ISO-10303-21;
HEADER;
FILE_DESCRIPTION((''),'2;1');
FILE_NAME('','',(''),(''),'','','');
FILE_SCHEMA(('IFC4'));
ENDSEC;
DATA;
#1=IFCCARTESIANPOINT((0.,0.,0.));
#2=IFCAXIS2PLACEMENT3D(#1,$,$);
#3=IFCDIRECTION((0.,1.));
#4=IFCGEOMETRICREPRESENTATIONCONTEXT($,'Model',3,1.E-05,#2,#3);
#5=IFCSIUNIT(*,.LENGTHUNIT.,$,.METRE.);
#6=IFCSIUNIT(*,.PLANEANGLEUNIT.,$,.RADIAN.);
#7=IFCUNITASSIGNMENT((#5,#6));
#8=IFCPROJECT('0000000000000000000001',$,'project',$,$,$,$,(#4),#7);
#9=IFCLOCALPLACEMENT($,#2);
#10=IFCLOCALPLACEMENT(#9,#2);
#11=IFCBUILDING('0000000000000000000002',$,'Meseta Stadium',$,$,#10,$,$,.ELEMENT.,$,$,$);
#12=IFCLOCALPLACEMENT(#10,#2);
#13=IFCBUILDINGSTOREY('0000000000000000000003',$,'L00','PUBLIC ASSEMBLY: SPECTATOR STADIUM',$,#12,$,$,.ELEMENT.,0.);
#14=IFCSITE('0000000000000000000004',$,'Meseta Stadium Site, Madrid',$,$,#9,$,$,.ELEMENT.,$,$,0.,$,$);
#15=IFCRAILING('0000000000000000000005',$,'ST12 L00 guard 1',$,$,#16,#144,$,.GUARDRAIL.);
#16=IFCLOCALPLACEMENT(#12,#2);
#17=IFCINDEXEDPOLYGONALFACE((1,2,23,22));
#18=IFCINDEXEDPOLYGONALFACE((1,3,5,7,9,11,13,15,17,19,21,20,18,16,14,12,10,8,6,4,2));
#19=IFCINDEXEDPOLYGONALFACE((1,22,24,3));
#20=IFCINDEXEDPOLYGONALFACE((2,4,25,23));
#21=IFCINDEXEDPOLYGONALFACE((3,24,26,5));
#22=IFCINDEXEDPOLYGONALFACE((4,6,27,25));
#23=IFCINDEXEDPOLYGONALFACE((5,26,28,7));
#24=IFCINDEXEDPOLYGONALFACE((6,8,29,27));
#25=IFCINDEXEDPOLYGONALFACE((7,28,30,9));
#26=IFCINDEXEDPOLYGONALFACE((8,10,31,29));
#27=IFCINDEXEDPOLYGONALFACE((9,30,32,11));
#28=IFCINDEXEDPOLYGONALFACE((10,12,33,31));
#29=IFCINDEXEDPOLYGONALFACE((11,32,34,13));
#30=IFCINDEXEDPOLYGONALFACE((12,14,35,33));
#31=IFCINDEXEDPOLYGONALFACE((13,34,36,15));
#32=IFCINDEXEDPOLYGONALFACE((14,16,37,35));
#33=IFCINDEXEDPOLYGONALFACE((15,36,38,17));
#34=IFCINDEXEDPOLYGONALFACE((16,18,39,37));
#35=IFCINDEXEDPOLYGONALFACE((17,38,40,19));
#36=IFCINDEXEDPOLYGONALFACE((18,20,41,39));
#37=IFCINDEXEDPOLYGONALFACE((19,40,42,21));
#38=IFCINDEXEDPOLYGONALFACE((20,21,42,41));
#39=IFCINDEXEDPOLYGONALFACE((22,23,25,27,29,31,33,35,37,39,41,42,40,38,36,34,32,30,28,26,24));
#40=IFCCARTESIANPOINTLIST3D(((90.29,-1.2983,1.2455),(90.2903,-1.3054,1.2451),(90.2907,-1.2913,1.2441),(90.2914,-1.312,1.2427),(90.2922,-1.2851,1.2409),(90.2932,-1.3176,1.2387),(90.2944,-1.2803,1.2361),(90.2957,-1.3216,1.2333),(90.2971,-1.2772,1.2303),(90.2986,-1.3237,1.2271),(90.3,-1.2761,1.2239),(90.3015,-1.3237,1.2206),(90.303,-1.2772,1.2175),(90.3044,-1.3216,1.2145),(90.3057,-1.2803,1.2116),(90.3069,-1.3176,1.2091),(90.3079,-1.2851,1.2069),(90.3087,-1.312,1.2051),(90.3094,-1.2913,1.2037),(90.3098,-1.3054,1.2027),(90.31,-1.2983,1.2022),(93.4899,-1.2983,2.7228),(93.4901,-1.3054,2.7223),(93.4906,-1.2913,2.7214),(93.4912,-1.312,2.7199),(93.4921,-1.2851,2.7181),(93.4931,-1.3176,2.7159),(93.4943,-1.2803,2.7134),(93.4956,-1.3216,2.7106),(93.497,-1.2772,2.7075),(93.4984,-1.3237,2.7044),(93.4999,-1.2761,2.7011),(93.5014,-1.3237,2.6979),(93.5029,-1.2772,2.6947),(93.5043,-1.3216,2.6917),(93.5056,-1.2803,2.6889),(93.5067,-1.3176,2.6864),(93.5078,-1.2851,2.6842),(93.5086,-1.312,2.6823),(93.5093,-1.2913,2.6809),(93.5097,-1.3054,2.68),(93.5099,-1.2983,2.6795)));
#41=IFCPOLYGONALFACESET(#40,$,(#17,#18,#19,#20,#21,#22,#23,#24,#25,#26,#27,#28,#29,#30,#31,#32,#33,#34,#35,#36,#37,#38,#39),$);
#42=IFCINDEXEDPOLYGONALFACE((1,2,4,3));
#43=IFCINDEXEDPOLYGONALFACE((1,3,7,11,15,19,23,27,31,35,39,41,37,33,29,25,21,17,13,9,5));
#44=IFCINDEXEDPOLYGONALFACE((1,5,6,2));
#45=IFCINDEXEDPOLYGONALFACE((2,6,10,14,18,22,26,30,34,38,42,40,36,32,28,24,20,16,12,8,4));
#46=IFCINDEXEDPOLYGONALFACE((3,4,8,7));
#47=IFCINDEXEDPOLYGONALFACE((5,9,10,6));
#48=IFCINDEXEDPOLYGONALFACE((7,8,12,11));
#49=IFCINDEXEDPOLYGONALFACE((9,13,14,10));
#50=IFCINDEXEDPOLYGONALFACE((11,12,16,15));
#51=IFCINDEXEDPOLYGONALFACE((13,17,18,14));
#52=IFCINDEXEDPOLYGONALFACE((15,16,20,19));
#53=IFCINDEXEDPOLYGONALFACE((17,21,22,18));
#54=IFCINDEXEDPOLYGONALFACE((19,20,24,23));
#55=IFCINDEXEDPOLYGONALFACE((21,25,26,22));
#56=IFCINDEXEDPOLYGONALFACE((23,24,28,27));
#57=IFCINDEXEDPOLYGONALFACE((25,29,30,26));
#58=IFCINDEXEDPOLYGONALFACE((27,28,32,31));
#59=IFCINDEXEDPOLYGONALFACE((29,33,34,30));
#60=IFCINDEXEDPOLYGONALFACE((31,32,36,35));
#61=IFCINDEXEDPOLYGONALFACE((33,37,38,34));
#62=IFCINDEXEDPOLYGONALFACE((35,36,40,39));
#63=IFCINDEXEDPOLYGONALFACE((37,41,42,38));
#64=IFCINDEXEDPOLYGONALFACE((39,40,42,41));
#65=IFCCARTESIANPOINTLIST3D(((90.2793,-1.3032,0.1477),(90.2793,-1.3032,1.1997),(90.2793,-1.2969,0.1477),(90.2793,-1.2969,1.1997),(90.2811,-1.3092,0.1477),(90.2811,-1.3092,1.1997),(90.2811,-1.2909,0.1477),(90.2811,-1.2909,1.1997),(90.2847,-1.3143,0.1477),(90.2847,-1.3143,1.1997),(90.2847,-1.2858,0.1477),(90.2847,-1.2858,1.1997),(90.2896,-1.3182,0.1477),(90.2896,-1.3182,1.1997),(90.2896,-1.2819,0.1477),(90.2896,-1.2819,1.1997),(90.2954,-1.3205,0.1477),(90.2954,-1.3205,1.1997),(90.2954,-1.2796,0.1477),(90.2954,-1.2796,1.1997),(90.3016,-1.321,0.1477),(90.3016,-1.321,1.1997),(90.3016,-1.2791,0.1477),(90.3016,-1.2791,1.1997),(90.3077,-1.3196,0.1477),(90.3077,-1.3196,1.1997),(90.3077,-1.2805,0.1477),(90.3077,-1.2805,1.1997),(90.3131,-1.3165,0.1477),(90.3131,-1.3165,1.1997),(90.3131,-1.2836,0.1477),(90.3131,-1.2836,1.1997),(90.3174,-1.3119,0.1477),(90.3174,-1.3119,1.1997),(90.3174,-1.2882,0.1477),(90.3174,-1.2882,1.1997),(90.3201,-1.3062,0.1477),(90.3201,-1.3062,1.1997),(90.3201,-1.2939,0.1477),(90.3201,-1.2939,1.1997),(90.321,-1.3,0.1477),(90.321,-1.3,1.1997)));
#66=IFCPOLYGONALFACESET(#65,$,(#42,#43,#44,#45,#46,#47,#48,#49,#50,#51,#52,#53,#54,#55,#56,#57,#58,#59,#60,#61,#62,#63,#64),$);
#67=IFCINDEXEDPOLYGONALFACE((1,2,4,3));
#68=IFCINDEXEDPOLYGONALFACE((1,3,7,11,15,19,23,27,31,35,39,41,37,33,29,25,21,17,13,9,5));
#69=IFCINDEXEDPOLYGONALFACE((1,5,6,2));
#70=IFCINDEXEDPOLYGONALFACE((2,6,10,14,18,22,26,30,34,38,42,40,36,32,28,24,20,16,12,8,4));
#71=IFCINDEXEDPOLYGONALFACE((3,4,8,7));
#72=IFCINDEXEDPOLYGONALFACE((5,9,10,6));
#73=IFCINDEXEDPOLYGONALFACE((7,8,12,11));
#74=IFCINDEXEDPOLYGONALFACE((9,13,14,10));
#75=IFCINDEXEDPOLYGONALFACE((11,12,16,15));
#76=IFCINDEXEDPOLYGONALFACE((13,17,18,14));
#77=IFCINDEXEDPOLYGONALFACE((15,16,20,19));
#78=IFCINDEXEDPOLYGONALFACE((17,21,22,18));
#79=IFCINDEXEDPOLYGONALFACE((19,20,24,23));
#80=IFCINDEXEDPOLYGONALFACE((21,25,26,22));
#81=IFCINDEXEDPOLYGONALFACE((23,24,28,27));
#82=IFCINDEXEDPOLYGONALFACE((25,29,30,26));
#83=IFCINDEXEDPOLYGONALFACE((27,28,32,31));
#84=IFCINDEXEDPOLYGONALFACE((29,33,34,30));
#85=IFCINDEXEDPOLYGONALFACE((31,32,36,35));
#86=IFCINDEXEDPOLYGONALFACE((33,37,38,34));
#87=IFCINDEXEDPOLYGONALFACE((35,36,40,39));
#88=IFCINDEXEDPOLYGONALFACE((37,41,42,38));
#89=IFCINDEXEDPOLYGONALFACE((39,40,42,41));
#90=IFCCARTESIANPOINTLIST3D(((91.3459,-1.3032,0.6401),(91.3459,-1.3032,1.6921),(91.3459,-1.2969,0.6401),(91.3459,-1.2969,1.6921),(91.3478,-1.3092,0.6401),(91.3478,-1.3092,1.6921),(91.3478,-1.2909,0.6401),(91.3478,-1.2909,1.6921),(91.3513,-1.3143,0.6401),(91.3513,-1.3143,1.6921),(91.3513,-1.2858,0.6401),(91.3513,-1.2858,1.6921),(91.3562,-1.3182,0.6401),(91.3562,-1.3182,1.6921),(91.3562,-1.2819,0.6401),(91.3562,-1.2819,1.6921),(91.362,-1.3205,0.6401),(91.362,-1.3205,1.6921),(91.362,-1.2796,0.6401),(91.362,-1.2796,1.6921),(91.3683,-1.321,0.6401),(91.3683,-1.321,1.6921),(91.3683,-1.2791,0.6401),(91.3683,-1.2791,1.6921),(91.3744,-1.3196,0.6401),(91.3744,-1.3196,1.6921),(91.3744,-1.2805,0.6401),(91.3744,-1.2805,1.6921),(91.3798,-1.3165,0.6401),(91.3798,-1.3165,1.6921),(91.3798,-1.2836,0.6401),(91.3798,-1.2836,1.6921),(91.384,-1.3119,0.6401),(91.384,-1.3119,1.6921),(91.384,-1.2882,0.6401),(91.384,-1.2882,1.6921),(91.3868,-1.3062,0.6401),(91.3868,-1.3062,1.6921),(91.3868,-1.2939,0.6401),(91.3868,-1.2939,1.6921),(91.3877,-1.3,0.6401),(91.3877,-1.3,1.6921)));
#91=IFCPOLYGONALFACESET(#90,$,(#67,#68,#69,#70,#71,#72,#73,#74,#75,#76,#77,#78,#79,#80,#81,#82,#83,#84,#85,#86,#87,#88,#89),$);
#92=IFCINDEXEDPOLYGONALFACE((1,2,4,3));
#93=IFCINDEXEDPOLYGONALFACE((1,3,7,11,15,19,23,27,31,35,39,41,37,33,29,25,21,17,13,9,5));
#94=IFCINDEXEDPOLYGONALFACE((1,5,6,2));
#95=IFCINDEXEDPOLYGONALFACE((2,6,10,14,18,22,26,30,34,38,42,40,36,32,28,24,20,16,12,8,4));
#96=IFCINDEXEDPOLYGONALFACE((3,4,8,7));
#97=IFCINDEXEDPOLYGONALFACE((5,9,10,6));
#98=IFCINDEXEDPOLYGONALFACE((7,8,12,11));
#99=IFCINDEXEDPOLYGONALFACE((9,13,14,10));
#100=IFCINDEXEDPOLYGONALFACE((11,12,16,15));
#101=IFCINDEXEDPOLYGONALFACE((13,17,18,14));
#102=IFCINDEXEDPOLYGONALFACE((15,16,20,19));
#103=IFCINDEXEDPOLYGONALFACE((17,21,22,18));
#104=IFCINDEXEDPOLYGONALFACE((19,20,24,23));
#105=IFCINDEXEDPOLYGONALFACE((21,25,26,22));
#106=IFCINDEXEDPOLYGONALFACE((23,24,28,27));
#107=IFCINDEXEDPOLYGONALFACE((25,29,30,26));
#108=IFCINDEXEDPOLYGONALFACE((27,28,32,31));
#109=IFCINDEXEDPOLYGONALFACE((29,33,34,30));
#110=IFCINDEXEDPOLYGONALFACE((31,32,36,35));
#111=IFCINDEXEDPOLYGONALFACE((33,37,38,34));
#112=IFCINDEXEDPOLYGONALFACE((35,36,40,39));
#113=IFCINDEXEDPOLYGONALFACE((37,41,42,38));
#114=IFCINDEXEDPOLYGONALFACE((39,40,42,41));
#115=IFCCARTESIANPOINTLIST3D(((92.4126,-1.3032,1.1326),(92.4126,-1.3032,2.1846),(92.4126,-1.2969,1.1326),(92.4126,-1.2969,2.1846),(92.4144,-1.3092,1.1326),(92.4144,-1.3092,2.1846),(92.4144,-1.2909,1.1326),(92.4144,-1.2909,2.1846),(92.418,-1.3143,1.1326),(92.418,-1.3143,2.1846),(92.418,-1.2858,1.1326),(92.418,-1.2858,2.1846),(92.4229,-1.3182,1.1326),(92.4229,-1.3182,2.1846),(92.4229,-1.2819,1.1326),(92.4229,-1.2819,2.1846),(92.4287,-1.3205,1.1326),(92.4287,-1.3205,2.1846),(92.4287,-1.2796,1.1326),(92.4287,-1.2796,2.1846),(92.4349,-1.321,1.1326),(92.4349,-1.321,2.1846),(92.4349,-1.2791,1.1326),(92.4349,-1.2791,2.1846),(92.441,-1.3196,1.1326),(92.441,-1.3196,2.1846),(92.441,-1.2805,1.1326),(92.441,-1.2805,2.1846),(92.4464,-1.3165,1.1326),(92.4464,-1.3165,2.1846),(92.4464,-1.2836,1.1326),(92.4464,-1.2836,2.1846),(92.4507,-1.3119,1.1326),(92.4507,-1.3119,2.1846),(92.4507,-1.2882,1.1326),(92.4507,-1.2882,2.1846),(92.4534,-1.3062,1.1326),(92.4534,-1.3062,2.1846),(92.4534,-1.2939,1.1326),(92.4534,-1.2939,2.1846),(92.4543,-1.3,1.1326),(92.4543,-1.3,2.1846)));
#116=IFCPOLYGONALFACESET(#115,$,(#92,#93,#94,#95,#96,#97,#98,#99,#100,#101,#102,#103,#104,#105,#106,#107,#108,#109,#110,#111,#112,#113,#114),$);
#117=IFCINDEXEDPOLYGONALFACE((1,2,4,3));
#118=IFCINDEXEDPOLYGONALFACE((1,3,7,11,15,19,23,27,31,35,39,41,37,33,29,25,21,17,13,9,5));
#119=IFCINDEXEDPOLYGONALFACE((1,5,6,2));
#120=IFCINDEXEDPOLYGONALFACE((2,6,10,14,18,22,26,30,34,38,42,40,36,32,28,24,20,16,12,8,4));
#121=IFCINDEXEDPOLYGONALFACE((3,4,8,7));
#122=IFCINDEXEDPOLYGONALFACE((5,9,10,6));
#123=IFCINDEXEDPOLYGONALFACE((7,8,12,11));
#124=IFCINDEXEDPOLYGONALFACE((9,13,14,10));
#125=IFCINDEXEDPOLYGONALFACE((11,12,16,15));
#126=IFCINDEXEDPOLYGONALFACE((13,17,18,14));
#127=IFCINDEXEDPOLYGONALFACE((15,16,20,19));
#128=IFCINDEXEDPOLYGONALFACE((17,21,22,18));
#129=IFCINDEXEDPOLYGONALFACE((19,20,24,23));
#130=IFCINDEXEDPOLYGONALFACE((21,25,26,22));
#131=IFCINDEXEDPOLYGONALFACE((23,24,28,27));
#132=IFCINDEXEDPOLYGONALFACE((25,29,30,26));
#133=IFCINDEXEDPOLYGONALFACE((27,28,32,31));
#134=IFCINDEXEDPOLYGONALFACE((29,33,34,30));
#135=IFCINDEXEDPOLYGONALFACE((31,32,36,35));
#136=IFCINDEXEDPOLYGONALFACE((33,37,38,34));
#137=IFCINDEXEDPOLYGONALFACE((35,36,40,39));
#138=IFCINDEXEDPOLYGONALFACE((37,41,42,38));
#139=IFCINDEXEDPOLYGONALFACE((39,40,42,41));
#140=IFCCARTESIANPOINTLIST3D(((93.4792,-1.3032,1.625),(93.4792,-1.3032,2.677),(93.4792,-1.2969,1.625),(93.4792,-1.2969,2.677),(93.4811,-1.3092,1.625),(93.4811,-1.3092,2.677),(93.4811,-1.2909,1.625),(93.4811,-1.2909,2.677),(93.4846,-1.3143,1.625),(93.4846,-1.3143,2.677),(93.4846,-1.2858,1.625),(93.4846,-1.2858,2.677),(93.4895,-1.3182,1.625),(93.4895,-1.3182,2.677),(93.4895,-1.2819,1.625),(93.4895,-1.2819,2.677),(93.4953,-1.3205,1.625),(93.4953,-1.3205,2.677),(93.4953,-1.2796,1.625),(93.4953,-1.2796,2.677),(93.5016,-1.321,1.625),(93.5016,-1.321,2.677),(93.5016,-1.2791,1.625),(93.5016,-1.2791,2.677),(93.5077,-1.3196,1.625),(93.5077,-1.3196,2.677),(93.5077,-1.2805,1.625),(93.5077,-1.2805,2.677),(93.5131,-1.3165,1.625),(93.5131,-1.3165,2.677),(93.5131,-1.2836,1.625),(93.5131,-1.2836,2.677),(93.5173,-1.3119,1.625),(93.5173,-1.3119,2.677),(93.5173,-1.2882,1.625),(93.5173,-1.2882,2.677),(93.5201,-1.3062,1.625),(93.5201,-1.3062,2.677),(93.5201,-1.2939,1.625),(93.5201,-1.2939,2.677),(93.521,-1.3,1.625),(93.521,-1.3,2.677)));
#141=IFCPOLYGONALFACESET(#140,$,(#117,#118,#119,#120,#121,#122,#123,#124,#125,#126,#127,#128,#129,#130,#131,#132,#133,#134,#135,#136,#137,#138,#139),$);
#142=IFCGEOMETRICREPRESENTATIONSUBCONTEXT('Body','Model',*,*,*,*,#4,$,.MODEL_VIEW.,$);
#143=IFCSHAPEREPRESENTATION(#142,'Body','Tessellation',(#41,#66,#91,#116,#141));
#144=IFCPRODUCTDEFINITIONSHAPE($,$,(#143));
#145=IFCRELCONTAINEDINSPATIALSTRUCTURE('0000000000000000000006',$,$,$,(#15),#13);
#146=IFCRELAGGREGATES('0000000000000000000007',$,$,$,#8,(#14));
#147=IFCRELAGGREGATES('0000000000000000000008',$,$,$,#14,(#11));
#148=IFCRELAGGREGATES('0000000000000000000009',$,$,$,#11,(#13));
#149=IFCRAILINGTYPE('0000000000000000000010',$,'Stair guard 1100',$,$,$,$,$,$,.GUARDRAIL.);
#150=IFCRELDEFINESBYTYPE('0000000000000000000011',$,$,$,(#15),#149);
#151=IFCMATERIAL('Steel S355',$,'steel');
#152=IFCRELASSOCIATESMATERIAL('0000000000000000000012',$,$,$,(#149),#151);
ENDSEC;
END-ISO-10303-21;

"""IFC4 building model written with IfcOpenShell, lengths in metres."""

from ifc_helpers import new_model, si_unit, direction, frame, origin, origin_2d, place, context, subcontext, project, spatial, circle, extrude, material, type_object, element, save


model = new_model("IFC4")

# Units and contexts
model_context = context("Model", 3, precision=1e-05, world=origin(), true_north=direction((0.0, 1.0)))
body_context = subcontext(model_context, "Body", "Model", "MODEL_VIEW")
ifc_project = project(units=[si_unit("LENGTHUNIT", "METRE"), si_unit("PLANEANGLEUNIT", "RADIAN")], contexts=[model_context])

# Site, building, storey
site_placement = place(None, origin())
site = spatial("IfcSite", under=ifc_project, at=site_placement, Name="Meseta Stadium Site, Madrid", CompositionType="ELEMENT", RefElevation=0.0)
building_placement = place(site_placement, origin())
building = spatial("IfcBuilding", under=site, at=building_placement, Name="Meseta Stadium", CompositionType="ELEMENT")
storey_placement = place(building_placement, origin())
storey = spatial("IfcBuildingStorey", under=building, at=storey_placement, Name="L00", Description="PUBLIC ASSEMBLY: SPECTATOR STADIUM", CompositionType="ELEMENT", Elevation=0.0)

# Railing
ifc_material_1 = material(Name="Steel S355", Category="steel")
railing_type_1 = type_object("IfcRailingType", Name="Stair guard 1100", PredefinedType="GUARDRAIL", material=ifc_material_1)
railing_1_placement = place(storey_placement, frame((90.3, -1.3, 0.1477)))
element("IfcRailing", 1, at=railing_1_placement, inside=storey, type_object=railing_type_1, Name="ST12 L00 guard 1", PredefinedType="GUARDRAIL", context=body_context, shape_type="SweptSolid", body=[
    extrude(circle(Radius=0.0239, at=origin_2d()), frame((0.0, 0.0, 1.0762), z_axis=(0.907917, 0.0, 0.41915), x_axis=(0.0, 1.0, 0.0)), (0.0, 0.0, 1.0), 3.5244),
    extrude(circle(Radius=0.021, at=origin_2d()), origin(), (0.0, 0.0, 1.0), 1.052),
    extrude(circle(Radius=0.021, at=origin_2d()), frame((1.0667, 0.0, 0.4924)), (0.0, 0.0, 1.0), 1.052),
    extrude(circle(Radius=0.021, at=origin_2d()), frame((2.1333, 0.0, 0.9849)), (0.0, 0.0, 1.0), 1.052),
    extrude(circle(Radius=0.021, at=origin_2d()), frame((3.2, 0.0, 1.4773)), (0.0, 0.0, 1.0), 1.052),
])

save(model, "model.ifc")
